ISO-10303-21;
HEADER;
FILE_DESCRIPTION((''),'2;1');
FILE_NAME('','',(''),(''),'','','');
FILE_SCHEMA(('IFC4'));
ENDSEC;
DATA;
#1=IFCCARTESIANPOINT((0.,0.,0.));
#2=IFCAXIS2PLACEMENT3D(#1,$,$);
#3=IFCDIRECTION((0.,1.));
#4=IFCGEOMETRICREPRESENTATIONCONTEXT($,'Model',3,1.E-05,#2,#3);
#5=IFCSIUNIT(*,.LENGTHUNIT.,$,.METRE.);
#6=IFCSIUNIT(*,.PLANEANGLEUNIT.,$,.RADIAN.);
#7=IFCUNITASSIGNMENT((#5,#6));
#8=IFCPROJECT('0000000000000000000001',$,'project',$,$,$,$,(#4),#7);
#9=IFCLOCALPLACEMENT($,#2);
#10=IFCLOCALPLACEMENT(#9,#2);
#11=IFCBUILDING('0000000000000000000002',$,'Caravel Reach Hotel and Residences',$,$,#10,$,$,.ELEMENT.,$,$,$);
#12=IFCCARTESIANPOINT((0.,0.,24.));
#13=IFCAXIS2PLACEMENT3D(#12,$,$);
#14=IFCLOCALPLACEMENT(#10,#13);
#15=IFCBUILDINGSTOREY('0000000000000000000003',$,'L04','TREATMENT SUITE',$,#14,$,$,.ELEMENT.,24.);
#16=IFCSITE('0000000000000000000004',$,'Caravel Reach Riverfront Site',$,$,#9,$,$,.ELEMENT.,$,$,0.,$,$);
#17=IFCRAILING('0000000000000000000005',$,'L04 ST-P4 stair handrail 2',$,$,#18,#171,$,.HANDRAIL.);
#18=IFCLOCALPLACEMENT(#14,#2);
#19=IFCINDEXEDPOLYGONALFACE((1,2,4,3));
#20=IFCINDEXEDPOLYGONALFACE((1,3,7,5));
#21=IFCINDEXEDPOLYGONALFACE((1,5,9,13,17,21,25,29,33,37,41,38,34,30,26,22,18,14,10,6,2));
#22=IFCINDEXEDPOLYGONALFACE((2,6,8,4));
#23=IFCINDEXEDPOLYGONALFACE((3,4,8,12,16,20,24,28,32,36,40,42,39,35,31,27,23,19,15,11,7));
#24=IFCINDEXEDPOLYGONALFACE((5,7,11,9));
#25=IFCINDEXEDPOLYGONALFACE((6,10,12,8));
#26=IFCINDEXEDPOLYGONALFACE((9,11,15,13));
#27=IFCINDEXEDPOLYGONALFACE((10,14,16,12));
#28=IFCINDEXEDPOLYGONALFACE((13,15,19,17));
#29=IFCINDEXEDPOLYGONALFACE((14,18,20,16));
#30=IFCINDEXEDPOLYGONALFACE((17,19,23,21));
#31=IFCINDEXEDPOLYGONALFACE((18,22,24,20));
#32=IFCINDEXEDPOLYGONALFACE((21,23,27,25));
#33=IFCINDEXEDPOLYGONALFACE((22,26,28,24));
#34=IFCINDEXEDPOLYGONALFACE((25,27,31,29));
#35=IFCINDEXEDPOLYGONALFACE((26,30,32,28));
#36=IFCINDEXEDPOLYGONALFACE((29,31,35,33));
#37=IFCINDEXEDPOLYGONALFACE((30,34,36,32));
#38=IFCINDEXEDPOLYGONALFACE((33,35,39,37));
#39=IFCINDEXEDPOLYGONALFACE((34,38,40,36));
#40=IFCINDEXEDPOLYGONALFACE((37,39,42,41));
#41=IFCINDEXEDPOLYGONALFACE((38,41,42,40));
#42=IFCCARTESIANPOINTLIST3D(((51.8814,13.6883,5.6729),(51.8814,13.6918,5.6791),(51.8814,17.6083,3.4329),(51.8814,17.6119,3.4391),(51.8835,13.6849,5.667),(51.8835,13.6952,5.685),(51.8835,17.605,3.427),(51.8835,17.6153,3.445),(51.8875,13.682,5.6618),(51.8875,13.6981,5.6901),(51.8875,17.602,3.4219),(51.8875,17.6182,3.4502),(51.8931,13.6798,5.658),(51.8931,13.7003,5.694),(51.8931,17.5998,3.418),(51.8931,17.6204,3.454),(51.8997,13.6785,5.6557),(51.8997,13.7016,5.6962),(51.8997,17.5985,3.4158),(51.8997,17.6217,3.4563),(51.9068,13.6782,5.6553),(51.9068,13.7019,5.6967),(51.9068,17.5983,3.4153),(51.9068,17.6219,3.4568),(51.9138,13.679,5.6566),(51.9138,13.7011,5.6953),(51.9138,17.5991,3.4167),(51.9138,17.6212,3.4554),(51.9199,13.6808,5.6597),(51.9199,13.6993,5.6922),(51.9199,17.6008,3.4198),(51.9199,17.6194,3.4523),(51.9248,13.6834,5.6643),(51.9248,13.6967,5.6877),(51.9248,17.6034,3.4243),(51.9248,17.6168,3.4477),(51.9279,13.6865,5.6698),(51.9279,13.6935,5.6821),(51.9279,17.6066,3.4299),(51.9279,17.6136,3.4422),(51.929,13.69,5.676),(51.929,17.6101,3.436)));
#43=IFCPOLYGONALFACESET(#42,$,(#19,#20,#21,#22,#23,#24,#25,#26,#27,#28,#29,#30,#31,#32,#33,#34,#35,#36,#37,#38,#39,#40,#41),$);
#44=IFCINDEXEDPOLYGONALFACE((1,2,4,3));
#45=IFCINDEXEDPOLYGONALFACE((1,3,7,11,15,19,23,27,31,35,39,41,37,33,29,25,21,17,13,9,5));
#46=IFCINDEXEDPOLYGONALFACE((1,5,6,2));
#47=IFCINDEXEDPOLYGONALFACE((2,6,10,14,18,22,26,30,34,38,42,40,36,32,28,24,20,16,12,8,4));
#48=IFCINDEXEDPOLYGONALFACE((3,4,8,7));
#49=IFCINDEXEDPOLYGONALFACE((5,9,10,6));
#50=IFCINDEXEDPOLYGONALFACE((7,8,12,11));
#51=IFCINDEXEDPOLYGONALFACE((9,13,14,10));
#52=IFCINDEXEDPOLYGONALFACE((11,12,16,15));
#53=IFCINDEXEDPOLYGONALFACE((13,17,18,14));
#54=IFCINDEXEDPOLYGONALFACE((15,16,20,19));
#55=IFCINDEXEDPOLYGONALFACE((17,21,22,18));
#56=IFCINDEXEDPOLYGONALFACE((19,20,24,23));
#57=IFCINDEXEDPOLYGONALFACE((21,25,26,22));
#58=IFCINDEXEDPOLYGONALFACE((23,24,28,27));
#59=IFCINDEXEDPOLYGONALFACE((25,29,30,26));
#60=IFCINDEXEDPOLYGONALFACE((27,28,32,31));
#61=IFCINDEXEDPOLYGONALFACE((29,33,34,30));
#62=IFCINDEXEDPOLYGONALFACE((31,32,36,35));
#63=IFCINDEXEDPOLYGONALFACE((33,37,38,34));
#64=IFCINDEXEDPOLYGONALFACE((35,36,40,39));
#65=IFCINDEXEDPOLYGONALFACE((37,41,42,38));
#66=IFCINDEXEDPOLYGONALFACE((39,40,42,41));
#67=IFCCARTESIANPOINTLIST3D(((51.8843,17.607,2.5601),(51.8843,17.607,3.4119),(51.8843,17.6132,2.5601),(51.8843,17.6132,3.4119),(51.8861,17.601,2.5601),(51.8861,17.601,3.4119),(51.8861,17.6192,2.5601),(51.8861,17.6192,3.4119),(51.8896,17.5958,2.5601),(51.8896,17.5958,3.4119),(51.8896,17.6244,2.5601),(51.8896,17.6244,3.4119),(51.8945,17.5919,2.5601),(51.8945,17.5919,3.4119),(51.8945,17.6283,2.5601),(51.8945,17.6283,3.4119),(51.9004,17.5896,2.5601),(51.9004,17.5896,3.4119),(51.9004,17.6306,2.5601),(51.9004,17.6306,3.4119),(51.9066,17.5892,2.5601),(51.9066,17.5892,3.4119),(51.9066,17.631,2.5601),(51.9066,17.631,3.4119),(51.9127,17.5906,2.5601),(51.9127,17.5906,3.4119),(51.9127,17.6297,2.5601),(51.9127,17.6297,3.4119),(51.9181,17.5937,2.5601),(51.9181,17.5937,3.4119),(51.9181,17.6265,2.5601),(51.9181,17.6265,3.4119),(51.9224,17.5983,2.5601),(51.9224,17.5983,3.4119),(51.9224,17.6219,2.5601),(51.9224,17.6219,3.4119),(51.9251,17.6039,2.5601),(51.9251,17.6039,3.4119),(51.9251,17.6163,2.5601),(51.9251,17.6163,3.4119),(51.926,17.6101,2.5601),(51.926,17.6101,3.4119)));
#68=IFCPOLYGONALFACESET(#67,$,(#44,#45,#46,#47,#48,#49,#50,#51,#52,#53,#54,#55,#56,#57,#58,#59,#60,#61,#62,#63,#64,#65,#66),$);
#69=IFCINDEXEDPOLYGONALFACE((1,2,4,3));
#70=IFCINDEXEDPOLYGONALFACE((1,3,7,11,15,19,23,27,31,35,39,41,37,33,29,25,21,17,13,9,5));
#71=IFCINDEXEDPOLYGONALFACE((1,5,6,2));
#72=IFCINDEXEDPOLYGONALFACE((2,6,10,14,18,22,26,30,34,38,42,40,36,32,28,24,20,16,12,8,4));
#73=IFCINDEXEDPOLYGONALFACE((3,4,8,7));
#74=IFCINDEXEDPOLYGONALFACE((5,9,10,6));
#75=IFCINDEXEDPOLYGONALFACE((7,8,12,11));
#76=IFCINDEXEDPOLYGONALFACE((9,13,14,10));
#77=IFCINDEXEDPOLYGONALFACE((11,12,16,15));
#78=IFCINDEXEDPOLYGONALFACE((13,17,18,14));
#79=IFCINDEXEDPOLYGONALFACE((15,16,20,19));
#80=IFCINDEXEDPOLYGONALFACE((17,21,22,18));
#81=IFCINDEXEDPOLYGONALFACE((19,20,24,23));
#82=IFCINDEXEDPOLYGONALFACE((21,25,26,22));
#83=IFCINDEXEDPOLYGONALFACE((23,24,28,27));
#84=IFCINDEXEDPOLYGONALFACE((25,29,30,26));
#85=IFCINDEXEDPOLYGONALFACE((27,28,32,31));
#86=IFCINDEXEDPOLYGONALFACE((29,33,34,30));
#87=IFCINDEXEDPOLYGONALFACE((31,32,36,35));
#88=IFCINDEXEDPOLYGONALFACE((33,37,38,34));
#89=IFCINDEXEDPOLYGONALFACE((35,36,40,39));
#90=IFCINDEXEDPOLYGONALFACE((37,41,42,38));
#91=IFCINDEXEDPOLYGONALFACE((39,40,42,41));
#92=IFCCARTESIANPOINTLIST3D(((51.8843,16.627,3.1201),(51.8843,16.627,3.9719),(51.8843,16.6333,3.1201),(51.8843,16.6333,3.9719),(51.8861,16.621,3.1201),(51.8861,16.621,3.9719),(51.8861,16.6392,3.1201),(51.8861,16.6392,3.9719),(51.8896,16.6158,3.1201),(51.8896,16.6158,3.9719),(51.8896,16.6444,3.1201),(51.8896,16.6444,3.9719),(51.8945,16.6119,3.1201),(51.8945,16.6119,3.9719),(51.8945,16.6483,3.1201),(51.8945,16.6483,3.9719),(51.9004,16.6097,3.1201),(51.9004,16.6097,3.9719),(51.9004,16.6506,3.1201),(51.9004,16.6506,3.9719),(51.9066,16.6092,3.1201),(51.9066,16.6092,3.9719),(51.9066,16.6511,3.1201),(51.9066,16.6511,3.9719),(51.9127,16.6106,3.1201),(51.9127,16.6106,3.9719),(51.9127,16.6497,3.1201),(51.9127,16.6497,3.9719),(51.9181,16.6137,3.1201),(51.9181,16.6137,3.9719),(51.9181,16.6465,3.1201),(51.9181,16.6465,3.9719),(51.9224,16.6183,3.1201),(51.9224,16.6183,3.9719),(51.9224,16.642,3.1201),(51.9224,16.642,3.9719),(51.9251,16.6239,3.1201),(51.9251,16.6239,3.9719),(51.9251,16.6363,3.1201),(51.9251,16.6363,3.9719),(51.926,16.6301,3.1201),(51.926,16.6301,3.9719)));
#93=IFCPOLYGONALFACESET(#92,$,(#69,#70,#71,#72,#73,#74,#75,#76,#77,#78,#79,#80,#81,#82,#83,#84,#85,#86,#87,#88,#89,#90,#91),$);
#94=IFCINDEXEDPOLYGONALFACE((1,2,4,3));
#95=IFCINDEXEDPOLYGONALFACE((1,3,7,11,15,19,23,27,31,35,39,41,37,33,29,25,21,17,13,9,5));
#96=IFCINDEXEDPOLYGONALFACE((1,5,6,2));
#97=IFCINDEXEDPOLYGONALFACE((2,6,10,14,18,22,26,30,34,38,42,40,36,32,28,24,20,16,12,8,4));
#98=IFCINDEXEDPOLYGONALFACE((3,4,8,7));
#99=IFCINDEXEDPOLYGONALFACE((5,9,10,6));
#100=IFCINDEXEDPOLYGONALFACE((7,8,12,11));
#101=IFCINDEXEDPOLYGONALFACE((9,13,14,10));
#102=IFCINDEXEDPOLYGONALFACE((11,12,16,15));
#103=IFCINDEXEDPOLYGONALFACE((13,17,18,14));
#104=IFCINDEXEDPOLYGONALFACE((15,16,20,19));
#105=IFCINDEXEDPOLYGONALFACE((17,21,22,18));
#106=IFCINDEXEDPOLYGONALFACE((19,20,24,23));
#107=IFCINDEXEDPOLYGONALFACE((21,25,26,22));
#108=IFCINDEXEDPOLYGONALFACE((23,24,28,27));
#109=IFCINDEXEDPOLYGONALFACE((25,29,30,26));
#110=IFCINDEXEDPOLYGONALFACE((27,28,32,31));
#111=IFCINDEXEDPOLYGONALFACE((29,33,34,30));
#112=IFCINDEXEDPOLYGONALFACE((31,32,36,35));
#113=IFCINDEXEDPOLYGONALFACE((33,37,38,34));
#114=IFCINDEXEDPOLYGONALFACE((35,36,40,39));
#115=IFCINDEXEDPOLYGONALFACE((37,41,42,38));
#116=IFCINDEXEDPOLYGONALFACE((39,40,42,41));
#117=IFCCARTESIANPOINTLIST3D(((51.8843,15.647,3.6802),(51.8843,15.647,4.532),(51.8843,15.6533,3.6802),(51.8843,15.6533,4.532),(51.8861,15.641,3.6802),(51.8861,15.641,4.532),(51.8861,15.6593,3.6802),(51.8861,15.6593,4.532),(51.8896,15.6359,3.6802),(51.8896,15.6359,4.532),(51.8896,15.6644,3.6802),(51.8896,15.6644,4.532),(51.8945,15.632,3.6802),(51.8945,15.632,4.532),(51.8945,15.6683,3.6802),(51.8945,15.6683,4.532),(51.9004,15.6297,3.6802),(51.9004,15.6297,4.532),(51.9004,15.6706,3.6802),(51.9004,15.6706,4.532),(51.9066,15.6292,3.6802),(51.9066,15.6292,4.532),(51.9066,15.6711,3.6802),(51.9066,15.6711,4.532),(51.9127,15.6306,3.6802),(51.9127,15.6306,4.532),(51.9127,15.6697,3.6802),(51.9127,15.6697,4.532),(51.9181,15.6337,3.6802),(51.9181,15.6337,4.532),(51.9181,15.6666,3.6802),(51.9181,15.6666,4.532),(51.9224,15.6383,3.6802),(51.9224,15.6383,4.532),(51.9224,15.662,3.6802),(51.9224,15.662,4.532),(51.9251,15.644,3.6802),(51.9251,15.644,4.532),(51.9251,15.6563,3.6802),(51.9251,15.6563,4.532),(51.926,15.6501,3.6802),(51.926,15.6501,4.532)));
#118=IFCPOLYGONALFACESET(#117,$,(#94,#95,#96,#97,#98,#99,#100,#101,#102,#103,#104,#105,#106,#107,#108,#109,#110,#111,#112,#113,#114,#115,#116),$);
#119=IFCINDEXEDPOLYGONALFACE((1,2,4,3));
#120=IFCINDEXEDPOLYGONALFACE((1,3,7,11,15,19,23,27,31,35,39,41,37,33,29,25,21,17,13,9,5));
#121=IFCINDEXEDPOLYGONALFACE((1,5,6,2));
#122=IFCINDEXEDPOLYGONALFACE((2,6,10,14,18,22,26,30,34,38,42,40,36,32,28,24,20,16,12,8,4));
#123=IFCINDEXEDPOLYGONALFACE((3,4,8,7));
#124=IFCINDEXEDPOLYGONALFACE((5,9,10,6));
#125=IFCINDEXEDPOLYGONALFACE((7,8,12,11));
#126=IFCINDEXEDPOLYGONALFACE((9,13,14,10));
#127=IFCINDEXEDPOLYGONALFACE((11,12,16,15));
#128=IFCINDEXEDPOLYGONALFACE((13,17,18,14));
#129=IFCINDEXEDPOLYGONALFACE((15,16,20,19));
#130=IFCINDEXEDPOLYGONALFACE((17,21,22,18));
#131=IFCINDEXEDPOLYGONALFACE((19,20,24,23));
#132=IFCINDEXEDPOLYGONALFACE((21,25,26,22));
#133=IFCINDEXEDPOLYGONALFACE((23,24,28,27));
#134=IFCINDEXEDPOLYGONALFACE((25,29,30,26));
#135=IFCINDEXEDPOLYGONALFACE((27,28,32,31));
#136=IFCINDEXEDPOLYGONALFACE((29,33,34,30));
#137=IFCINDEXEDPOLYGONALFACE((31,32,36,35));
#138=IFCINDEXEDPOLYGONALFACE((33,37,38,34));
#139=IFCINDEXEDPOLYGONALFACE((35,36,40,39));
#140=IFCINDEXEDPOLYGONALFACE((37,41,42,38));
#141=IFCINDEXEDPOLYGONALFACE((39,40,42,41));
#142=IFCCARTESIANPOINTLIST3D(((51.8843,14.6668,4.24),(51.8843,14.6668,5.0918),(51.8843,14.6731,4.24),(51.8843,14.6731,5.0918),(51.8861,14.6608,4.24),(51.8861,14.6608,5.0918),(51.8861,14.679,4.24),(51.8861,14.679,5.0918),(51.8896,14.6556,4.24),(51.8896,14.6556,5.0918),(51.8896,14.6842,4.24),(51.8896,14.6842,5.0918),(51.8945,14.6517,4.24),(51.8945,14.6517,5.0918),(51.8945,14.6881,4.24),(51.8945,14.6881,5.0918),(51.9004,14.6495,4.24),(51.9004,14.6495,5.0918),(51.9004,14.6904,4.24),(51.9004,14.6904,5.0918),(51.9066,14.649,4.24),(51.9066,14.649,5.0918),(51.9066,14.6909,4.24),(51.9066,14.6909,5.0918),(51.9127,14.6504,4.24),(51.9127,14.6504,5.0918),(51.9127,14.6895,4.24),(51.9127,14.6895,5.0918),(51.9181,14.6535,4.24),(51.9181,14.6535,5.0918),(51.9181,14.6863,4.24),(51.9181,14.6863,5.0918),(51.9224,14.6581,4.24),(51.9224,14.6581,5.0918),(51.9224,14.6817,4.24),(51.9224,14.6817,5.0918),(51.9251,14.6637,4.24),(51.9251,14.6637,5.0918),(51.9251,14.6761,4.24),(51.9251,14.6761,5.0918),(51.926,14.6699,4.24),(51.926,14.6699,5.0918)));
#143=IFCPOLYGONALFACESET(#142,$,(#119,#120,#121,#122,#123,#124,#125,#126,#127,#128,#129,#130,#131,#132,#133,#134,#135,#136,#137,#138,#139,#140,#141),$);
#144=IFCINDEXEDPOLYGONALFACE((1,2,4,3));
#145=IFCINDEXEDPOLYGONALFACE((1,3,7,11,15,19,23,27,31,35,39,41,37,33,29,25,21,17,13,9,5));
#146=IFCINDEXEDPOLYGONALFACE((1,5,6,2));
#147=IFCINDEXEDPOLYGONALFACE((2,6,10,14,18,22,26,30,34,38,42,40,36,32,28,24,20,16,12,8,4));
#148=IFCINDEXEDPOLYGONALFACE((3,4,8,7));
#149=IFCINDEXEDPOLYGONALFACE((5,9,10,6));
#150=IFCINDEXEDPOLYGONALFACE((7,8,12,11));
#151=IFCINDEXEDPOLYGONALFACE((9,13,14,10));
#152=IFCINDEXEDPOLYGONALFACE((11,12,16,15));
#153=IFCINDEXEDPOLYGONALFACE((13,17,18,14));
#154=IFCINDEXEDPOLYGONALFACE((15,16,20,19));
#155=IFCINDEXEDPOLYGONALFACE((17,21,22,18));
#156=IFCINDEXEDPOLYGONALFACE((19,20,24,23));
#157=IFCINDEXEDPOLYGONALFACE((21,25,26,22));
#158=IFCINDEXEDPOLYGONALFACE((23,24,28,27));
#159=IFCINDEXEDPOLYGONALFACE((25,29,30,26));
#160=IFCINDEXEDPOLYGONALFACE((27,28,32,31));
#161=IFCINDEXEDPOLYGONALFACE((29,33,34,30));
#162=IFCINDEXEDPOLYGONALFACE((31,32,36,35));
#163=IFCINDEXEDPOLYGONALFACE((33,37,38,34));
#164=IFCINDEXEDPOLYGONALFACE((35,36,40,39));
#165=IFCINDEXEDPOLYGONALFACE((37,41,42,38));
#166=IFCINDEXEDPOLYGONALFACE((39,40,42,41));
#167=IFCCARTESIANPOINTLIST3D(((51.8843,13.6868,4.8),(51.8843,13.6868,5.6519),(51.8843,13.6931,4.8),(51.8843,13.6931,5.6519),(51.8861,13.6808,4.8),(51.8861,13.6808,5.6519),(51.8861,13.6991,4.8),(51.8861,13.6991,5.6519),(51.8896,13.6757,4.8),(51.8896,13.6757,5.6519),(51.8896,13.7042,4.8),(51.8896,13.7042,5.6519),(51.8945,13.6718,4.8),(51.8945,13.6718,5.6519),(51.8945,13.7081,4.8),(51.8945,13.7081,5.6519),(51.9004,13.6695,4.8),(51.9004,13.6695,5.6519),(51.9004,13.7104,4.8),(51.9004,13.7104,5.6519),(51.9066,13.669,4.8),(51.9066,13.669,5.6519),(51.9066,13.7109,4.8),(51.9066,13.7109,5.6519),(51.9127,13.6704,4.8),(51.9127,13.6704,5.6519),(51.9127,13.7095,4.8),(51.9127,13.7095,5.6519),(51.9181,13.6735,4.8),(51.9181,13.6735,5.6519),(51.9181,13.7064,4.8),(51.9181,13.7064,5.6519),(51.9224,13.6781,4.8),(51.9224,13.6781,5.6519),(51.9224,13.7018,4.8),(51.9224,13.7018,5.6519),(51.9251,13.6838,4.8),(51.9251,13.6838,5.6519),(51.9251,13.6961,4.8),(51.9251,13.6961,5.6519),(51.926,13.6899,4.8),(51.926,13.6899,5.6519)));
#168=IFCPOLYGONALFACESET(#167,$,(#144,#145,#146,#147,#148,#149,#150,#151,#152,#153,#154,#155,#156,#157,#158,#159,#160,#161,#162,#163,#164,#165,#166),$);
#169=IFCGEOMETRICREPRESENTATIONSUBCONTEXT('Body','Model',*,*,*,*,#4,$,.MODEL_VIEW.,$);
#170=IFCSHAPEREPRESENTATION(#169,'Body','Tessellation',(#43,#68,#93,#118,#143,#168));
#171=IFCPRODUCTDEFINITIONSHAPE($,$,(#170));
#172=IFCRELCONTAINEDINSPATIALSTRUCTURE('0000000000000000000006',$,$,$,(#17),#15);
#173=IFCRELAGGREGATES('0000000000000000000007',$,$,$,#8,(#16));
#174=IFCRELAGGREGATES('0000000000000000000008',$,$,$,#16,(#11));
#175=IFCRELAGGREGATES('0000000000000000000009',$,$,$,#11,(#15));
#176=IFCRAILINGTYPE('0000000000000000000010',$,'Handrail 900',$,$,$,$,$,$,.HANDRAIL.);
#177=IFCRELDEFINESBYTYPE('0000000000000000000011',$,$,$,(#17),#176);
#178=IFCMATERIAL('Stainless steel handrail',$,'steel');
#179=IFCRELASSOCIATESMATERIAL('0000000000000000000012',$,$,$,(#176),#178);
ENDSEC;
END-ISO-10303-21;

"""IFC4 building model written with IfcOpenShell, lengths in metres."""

from ifc_helpers import new_model, si_unit, direction, frame, origin, origin_2d, place, context, subcontext, project, spatial, circle, extrude, material, type_object, element, save


model = new_model("IFC4")

# Units and contexts
model_context = context("Model", 3, precision=1e-05, world=origin(), true_north=direction((0.0, 1.0)))
body_context = subcontext(model_context, "Body", "Model", "MODEL_VIEW")
ifc_project = project(units=[si_unit("LENGTHUNIT", "METRE"), si_unit("PLANEANGLEUNIT", "RADIAN")], contexts=[model_context])

# Site, building, storey
site_placement = place(None, origin())
site = spatial("IfcSite", under=ifc_project, at=site_placement, Name="Caravel Reach Riverfront Site", CompositionType="ELEMENT", RefElevation=0.0)
building_placement = place(site_placement, origin())
building = spatial("IfcBuilding", under=site, at=building_placement, Name="Caravel Reach Hotel and Residences", CompositionType="ELEMENT")
storey_placement = place(building_placement, frame((0.0, 0.0, 24.0)))
storey = spatial("IfcBuildingStorey", under=building, at=storey_placement, Name="L04", Description="TREATMENT SUITE", CompositionType="ELEMENT", Elevation=24.0)

# Railing
ifc_material_1 = material(Name="Stainless steel handrail", Category="steel")
railing_type_1 = type_object("IfcRailingType", Name="Handrail 900", PredefinedType="HANDRAIL", material=ifc_material_1)
railing_1_placement = place(storey_placement, frame((51.905, 17.6101, 2.5601)))
element("IfcRailing", 1, at=railing_1_placement, inside=storey, type_object=railing_type_1, Name="L04 ST-P4 stair handrail 2", PredefinedType="HANDRAIL", context=body_context, shape_type="SweptSolid", body=[
    extrude(circle(Radius=0.0239, at=origin_2d()), frame((0.0, 0.0, 0.876), z_axis=(0.0, -0.868253, 0.496121), x_axis=(1.0, 0.0, 0.0)), (0.0, 0.0, 1.0), 4.5149),
    extrude(circle(Radius=0.021, at=origin_2d()), origin(), (0.0, 0.0, 1.0), 0.8518),
    extrude(circle(Radius=0.021, at=origin_2d()), frame((0.0, -0.98, 0.5601)), (0.0, 0.0, 1.0), 0.8518),
    extrude(circle(Radius=0.021, at=origin_2d()), frame((0.0, -1.96, 1.1201)), (0.0, 0.0, 1.0), 0.8518),
    extrude(circle(Radius=0.021, at=origin_2d()), frame((0.0, -2.9402, 1.6799)), (0.0, 0.0, 1.0), 0.8518),
    extrude(circle(Radius=0.021, at=origin_2d()), frame((0.0, -3.9202, 2.24)), (0.0, 0.0, 1.0), 0.8518),
])

save(model, "model.ifc")
